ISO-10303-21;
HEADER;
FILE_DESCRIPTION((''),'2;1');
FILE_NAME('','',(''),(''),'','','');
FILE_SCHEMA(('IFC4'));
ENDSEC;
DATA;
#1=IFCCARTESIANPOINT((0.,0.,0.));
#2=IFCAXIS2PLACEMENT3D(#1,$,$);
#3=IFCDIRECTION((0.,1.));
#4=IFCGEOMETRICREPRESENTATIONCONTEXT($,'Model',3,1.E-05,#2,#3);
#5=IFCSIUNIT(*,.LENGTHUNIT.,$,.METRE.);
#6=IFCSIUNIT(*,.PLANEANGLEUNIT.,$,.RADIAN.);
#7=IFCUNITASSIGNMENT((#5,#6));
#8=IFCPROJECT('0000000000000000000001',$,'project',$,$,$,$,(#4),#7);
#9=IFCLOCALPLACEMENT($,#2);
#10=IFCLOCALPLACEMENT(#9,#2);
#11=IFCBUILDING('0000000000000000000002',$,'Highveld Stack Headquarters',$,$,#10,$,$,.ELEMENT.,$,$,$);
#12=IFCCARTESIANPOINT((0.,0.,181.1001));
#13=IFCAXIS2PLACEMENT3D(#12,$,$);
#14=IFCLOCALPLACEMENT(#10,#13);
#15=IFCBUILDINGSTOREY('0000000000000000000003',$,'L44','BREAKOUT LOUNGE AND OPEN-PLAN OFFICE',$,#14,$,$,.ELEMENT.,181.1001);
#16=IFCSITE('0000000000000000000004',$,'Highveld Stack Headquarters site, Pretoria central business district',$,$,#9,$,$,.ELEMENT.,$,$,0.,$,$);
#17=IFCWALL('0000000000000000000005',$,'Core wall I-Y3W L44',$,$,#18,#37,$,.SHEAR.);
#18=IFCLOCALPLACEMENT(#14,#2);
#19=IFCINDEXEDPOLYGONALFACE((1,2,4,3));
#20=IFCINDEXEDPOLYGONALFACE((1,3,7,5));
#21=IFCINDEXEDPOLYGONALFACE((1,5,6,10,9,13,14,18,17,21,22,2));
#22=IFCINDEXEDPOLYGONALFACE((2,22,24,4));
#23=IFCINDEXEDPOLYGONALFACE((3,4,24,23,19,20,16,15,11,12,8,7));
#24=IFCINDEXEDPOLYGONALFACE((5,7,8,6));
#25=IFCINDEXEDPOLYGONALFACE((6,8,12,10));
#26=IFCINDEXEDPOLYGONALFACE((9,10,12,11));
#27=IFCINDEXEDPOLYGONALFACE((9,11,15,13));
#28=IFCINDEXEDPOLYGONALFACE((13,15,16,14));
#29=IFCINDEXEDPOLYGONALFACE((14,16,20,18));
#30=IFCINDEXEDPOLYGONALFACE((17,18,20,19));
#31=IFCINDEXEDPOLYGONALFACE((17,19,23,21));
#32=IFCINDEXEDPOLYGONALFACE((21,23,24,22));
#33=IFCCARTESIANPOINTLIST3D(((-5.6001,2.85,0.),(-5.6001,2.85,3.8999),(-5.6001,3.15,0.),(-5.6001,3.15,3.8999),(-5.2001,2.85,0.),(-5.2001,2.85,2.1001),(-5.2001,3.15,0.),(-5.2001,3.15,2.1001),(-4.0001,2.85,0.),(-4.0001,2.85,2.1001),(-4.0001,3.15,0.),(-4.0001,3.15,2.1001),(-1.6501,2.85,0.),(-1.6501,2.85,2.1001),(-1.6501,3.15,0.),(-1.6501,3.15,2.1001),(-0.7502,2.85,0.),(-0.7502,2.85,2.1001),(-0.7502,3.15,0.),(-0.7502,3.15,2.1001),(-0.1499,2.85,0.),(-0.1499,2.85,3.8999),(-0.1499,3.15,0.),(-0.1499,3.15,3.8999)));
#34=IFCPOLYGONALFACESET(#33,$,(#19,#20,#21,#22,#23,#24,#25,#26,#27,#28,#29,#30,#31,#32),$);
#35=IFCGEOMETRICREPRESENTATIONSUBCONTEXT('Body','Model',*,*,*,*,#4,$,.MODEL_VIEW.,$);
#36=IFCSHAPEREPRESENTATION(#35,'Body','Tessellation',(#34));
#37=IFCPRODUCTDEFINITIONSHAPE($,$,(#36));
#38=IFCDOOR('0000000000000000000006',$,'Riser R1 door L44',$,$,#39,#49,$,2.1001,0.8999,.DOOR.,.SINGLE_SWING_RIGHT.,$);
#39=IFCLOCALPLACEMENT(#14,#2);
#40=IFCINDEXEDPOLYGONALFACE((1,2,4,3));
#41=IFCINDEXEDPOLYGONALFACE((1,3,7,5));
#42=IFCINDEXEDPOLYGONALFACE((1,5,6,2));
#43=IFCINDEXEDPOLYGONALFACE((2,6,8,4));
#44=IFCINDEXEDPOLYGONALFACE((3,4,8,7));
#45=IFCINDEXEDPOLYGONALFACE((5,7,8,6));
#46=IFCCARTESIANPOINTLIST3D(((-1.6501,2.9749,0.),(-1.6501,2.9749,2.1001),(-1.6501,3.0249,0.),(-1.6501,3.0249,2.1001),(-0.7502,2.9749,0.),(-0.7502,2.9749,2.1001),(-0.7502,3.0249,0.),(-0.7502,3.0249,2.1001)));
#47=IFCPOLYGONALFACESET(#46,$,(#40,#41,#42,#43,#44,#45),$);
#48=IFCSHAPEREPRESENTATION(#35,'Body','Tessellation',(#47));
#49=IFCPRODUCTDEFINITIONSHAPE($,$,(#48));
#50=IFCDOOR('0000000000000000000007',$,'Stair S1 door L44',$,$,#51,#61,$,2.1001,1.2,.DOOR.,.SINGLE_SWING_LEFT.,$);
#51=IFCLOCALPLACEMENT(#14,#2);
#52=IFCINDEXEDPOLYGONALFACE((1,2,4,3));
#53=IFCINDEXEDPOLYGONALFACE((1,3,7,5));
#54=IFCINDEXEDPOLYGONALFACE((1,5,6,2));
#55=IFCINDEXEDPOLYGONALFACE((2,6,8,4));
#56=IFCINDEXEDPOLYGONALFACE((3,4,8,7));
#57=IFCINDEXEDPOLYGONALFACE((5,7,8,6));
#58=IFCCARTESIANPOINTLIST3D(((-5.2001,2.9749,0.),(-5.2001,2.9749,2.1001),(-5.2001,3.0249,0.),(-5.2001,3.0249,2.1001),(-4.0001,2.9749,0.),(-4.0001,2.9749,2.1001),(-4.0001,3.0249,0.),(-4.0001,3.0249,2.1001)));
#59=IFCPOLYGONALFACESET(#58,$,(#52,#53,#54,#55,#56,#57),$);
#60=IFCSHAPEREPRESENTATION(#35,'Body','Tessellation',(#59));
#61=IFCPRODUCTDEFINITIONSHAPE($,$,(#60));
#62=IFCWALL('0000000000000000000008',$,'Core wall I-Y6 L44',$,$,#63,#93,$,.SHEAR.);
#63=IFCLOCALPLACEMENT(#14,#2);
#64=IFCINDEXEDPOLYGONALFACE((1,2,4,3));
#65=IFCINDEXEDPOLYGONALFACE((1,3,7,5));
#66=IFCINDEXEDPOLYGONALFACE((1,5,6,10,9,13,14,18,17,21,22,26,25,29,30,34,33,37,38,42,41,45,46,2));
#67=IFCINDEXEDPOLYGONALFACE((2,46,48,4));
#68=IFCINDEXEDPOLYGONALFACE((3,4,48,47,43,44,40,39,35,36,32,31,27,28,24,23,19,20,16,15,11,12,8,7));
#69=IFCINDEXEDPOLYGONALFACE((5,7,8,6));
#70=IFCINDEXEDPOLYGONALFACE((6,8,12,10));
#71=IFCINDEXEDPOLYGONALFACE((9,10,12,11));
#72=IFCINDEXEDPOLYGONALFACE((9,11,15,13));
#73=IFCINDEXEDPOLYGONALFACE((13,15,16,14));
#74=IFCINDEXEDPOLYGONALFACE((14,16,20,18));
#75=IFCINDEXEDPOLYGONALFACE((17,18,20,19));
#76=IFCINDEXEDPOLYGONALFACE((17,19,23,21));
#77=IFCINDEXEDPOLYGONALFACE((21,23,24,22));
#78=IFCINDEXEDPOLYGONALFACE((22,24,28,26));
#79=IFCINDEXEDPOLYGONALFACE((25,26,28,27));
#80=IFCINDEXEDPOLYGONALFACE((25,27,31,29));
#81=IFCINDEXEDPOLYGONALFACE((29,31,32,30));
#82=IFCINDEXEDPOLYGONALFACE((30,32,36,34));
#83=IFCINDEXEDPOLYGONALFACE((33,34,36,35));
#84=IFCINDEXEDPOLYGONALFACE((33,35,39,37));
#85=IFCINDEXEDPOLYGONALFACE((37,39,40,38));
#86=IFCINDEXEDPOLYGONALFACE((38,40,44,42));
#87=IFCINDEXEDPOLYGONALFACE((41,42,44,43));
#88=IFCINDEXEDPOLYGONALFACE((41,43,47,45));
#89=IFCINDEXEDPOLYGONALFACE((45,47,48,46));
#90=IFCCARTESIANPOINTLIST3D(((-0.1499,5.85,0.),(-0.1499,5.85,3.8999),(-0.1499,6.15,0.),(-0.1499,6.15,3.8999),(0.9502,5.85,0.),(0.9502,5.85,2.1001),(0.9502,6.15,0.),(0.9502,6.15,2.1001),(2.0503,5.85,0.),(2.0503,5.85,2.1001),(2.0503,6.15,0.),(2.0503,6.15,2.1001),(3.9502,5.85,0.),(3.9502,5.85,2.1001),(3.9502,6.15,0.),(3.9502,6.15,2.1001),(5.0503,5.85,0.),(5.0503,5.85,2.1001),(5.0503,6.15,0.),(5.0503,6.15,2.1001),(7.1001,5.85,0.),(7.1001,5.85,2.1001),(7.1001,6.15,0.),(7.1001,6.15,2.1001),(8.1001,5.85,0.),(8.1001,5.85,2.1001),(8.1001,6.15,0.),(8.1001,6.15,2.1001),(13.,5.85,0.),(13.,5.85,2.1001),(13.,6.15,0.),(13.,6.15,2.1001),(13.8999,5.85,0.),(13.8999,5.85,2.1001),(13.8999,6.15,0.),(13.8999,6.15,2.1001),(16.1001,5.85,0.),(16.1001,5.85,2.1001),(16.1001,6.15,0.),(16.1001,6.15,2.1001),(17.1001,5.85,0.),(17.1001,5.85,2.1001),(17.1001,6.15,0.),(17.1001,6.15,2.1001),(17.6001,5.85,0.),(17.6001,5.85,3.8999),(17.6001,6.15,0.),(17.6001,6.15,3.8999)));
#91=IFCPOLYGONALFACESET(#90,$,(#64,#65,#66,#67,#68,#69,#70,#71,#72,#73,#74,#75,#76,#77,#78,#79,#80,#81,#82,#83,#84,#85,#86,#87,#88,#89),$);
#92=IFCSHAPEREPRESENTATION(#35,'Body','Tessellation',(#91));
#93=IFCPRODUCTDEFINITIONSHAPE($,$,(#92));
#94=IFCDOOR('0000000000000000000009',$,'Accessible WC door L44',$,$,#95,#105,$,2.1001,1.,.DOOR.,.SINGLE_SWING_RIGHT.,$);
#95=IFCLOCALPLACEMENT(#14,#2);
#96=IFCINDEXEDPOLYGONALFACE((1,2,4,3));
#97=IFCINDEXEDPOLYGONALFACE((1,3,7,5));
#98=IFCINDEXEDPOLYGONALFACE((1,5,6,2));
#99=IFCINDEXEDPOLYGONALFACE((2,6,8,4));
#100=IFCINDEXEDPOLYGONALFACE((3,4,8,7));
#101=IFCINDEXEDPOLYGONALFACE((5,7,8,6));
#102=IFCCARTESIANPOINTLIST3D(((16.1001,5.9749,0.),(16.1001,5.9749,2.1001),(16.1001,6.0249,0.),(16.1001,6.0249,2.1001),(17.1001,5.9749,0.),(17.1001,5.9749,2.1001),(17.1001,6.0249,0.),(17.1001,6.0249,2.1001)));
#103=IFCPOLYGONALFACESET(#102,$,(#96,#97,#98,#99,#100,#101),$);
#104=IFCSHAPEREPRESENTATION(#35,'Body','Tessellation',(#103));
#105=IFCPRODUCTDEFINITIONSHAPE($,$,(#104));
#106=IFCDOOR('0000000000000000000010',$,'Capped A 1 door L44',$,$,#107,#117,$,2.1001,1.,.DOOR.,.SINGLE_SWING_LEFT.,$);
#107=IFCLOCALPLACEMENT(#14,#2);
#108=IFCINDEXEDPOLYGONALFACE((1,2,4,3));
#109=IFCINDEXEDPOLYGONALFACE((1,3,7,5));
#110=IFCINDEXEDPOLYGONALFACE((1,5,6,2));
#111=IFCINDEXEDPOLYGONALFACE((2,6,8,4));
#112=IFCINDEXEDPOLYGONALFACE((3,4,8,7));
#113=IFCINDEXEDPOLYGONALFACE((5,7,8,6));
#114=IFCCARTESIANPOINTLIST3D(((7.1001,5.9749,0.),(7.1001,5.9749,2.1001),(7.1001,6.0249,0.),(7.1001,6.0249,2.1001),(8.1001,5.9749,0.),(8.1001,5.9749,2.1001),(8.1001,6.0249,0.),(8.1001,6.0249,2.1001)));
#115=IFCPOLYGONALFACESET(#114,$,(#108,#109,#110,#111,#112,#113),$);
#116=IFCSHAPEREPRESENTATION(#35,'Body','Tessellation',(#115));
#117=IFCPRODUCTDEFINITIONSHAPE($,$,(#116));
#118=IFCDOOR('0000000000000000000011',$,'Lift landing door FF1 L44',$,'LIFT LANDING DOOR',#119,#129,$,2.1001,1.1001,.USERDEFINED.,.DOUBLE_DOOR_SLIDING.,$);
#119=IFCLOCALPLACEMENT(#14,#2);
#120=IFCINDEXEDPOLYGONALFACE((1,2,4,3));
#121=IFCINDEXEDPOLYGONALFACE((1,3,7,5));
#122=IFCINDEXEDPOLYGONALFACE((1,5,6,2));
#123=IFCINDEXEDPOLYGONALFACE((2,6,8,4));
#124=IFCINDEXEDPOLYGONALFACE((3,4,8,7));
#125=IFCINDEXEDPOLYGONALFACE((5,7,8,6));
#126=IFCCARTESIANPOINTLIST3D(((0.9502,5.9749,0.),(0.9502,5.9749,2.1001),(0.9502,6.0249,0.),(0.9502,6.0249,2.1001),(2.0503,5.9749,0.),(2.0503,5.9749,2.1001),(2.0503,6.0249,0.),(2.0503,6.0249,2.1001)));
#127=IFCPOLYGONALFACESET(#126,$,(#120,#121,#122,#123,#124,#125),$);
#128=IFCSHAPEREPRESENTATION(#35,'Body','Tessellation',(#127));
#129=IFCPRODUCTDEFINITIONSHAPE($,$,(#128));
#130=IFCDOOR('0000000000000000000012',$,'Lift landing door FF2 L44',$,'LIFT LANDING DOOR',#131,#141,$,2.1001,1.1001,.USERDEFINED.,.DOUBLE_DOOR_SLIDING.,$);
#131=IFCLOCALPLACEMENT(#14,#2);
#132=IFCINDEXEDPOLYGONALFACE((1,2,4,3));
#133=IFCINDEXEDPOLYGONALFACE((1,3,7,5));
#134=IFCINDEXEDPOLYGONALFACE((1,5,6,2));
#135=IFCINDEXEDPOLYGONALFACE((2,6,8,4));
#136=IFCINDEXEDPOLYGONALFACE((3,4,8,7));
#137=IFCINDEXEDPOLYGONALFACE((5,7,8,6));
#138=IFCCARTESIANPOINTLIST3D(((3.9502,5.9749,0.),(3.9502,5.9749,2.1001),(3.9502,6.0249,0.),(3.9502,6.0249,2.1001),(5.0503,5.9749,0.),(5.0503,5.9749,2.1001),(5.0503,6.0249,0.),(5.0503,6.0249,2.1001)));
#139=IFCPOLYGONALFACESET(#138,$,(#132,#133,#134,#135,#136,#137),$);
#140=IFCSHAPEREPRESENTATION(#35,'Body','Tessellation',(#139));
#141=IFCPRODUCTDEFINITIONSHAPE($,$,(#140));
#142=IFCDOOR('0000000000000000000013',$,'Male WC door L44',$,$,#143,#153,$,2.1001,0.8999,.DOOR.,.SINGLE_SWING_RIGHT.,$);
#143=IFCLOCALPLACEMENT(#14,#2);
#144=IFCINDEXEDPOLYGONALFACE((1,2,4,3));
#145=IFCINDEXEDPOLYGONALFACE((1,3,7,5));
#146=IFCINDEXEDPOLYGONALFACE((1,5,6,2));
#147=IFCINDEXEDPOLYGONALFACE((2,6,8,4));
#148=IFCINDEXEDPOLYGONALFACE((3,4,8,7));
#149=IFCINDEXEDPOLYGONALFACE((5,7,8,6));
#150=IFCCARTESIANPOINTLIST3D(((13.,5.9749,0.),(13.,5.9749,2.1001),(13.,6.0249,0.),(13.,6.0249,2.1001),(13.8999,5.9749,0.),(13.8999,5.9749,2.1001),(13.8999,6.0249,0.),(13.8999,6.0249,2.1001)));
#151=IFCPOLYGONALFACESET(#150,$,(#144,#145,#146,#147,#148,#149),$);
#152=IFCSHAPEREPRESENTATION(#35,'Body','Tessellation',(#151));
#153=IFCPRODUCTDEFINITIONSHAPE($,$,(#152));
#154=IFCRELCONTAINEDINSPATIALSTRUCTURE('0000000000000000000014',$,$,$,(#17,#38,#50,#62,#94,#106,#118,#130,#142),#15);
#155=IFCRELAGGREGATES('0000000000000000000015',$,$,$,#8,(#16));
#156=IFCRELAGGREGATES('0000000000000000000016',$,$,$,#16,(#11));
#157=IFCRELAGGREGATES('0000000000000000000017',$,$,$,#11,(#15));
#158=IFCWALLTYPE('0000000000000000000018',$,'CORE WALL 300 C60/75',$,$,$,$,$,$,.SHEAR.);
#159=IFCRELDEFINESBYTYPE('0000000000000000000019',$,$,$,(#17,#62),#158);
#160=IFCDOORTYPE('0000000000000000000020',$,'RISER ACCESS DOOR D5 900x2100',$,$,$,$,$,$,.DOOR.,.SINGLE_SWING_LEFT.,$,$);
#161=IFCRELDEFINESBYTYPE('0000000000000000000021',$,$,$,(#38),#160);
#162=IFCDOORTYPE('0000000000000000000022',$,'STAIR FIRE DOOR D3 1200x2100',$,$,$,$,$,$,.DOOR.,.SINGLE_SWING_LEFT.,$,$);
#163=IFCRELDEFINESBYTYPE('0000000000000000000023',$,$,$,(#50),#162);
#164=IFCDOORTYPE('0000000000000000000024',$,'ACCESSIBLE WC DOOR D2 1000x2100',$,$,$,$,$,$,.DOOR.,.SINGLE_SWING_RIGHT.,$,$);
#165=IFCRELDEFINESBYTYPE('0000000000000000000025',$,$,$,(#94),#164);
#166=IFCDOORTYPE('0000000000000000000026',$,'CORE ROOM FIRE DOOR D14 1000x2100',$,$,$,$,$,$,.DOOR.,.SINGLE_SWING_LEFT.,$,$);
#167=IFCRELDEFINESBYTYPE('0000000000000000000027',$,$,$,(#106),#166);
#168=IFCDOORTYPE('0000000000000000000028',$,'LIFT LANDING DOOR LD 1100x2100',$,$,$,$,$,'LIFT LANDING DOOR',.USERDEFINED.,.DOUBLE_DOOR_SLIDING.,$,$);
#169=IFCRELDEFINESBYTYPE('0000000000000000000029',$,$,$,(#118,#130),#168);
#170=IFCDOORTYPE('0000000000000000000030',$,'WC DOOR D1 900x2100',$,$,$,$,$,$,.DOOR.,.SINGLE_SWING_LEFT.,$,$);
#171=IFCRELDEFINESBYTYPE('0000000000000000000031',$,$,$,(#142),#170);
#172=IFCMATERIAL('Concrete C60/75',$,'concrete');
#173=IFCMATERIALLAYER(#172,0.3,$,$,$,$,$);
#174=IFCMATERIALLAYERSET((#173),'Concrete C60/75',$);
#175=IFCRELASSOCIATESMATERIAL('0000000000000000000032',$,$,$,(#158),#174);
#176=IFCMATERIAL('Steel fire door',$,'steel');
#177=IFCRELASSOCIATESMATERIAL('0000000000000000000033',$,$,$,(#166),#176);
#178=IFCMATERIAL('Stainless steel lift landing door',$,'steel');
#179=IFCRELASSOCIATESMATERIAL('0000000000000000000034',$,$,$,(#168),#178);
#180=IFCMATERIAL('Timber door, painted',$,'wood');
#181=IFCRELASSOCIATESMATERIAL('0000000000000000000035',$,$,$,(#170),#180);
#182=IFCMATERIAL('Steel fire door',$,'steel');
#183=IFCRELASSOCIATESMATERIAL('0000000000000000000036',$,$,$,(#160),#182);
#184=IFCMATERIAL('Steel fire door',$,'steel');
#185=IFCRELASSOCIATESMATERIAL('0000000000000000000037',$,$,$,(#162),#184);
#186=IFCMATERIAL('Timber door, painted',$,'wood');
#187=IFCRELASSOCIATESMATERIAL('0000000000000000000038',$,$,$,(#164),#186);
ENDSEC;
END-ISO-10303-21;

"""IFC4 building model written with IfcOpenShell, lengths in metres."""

from ifc_helpers import new_model, si_unit, direction, frame, frame_2d, origin, place, context, subcontext, project, spatial, rectangle, extrude, material, layer, layer_set, type_object, element, fill, save


model = new_model("IFC4")

# Units and contexts
model_context = context("Model", 3, precision=1e-05, world=origin(), true_north=direction((0.0, 1.0)))
body_context = subcontext(model_context, "Body", "Model", "MODEL_VIEW")
ifc_project = project(units=[si_unit("LENGTHUNIT", "METRE"), si_unit("PLANEANGLEUNIT", "RADIAN")], contexts=[model_context])

# Site, building, storey
site_placement = place(None, origin())
site = spatial("IfcSite", under=ifc_project, at=site_placement, Name="Highveld Stack Headquarters site, Pretoria central business district", CompositionType="ELEMENT", RefElevation=0.0)
building_placement = place(site_placement, origin())
building = spatial("IfcBuilding", under=site, at=building_placement, Name="Highveld Stack Headquarters", CompositionType="ELEMENT")
storey_placement = place(building_placement, frame((0.0, 0.0, 181.1001)))
storey = spatial("IfcBuildingStorey", under=building, at=storey_placement, Name="L44", Description="BREAKOUT LOUNGE AND OPEN-PLAN OFFICE", CompositionType="ELEMENT", Elevation=181.1001)

# Walls, openings, doors
ifc_material_1 = material(Name="Concrete C60/75", Category="concrete")
ifc_layer_1 = layer(ifc_material_1, 0.3)
ifc_layer_set_1 = layer_set([ifc_layer_1], Name="Concrete C60/75")
wall_type = type_object("IfcWallType", Name="CORE WALL 300 C60/75", PredefinedType="SHEAR", material=ifc_layer_set_1)
ifc_material_2 = material(Name="Steel fire door", Category="steel")
door_type_1 = type_object("IfcDoorType", Name="CORE ROOM FIRE DOOR D14 1000x2100", OperationType="SINGLE_SWING_LEFT", PredefinedType="DOOR", material=ifc_material_2)
ifc_material_3 = material(Name="Stainless steel lift landing door", Category="steel")
door_type_2 = type_object("IfcDoorType", Name="LIFT LANDING DOOR LD 1100x2100", ElementType="LIFT LANDING DOOR", OperationType="DOUBLE_DOOR_SLIDING", PredefinedType="USERDEFINED", material=ifc_material_3)
ifc_material_4 = material(Name="Timber door, painted", Category="wood")
door_type_3 = type_object("IfcDoorType", Name="WC DOOR D1 900x2100", OperationType="SINGLE_SWING_LEFT", PredefinedType="DOOR", material=ifc_material_4)
wall_1_placement = place(storey_placement, frame((-5.6001, 3.0, 0.0), z_axis=(0.0, 0.0, 1.0), x_axis=(1.0, 0.0, 0.0)))
wall_1 = element("IfcWall", 1, at=wall_1_placement, inside=storey, type_object=wall_type, Name="Core wall I-Y3W L44", PredefinedType="SHEAR", context=body_context, shape_type="SweptSolid", body=[
    extrude(rectangle(XDim=5.4502, YDim=0.3, at=frame_2d((2.7251, 0.0))), origin(), (0.0, 0.0, 1.0), 3.8999),
])
opening_1_placement = place(wall_1_placement, frame((0.3999, 0.0, 0.0)))
opening_1 = element("IfcOpeningElement", 2, at=opening_1_placement, cuts=wall_1, PredefinedType="OPENING", context=body_context, shape_type="SweptSolid", body=[
    extrude(rectangle(XDim=1.2, YDim=2.1001, at=frame_2d((0.6001, 1.05))), frame((0.0, 0.1599, 0.0), z_axis=(0.0, -1.0, 0.0), x_axis=(1.0, 0.0, 0.0)), (0.0, 0.0, 1.0), 0.3201),
])
opening_2_placement = place(wall_1_placement, frame((3.95, 0.0, 0.0)))
opening_2 = element("IfcOpeningElement", 3, at=opening_2_placement, cuts=wall_1, PredefinedType="OPENING", context=body_context, shape_type="SweptSolid", body=[
    extrude(rectangle(XDim=0.8999, YDim=2.1001, at=frame_2d((0.45, 1.05))), frame((0.0, 0.1599, 0.0), z_axis=(0.0, -1.0, 0.0), x_axis=(1.0, 0.0, 0.0)), (0.0, 0.0, 1.0), 0.3201),
])
ifc_material_5 = material(Name="Steel fire door", Category="steel")
door_type_4 = type_object("IfcDoorType", Name="RISER ACCESS DOOR D5 900x2100", OperationType="SINGLE_SWING_LEFT", PredefinedType="DOOR", material=ifc_material_5)
door_1_placement = place(opening_2_placement, origin())
door_1 = element("IfcDoor", 4, at=door_1_placement, inside=storey, type_object=door_type_4, Name="Riser R1 door L44", OperationType="SINGLE_SWING_RIGHT", OverallHeight=2.1001, OverallWidth=0.8999, PredefinedType="DOOR", context=body_context, shape_type="SweptSolid", body=[
    extrude(rectangle(XDim=0.8999, YDim=2.1001, at=frame_2d((0.45, 1.05))), frame((0.0, 0.0249, 0.0), z_axis=(0.0, -1.0, 0.0), x_axis=(1.0, 0.0, 0.0)), (0.0, 0.0, 1.0), 0.05),
])
fill(opening_2, door_1)
ifc_material_6 = material(Name="Steel fire door", Category="steel")
door_type_5 = type_object("IfcDoorType", Name="STAIR FIRE DOOR D3 1200x2100", OperationType="SINGLE_SWING_LEFT", PredefinedType="DOOR", material=ifc_material_6)
door_2_placement = place(opening_1_placement, origin())
door_2 = element("IfcDoor", 5, at=door_2_placement, inside=storey, type_object=door_type_5, Name="Stair S1 door L44", OperationType="SINGLE_SWING_LEFT", OverallHeight=2.1001, OverallWidth=1.2, PredefinedType="DOOR", context=body_context, shape_type="SweptSolid", body=[
    extrude(rectangle(XDim=1.2, YDim=2.1001, at=frame_2d((0.6001, 1.05))), frame((0.0, 0.0249, 0.0), z_axis=(0.0, -1.0, 0.0), x_axis=(1.0, 0.0, 0.0)), (0.0, 0.0, 1.0), 0.05),
])
fill(opening_1, door_2)
wall_2_placement = place(storey_placement, frame((-0.1499, 6.0, 0.0), z_axis=(0.0, 0.0, 1.0), x_axis=(1.0, 0.0, 0.0)))
wall_2 = element("IfcWall", 6, at=wall_2_placement, inside=storey, type_object=wall_type, Name="Core wall I-Y6 L44", PredefinedType="SHEAR", context=body_context, shape_type="SweptSolid", body=[
    extrude(rectangle(XDim=17.75, YDim=0.3, at=frame_2d((8.875, 0.0))), origin(), (0.0, 0.0, 1.0), 3.8999),
])
opening_3_placement = place(wall_2_placement, frame((13.1499, 0.0, 0.0)))
opening_3 = element("IfcOpeningElement", 7, at=opening_3_placement, cuts=wall_2, PredefinedType="OPENING", context=body_context, shape_type="SweptSolid", body=[
    extrude(rectangle(XDim=0.8999, YDim=2.1001, at=frame_2d((0.45, 1.05))), frame((0.0, 0.1599, 0.0), z_axis=(0.0, -1.0, 0.0), x_axis=(1.0, 0.0, 0.0)), (0.0, 0.0, 1.0), 0.3201),
])
opening_4_placement = place(wall_2_placement, frame((16.25, 0.0, 0.0)))
opening_4 = element("IfcOpeningElement", 8, at=opening_4_placement, cuts=wall_2, PredefinedType="OPENING", context=body_context, shape_type="SweptSolid", body=[
    extrude(rectangle(XDim=1.0, YDim=2.1001, at=frame_2d((0.5, 1.05))), frame((0.0, 0.1599, 0.0), z_axis=(0.0, -1.0, 0.0), x_axis=(1.0, 0.0, 0.0)), (0.0, 0.0, 1.0), 0.3201),
])
opening_5_placement = place(wall_2_placement, frame((7.25, 0.0, 0.0)))
opening_5 = element("IfcOpeningElement", 9, at=opening_5_placement, cuts=wall_2, PredefinedType="OPENING", context=body_context, shape_type="SweptSolid", body=[
    extrude(rectangle(XDim=1.0, YDim=2.1001, at=frame_2d((0.5, 1.05))), frame((0.0, 0.1599, 0.0), z_axis=(0.0, -1.0, 0.0), x_axis=(1.0, 0.0, 0.0)), (0.0, 0.0, 1.0), 0.3201),
])
opening_6_placement = place(wall_2_placement, frame((1.1001, 0.0, 0.0)))
opening_6 = element("IfcOpeningElement", 10, at=opening_6_placement, cuts=wall_2, PredefinedType="OPENING", context=body_context, shape_type="SweptSolid", body=[
    extrude(rectangle(XDim=1.1001, YDim=2.1001, at=frame_2d((0.55, 1.05))), frame((0.0, 0.1599, 0.0), z_axis=(0.0, -1.0, 0.0), x_axis=(1.0, 0.0, 0.0)), (0.0, 0.0, 1.0), 0.3201),
])
opening_7_placement = place(wall_2_placement, frame((4.1001, 0.0, 0.0)))
opening_7 = element("IfcOpeningElement", 11, at=opening_7_placement, cuts=wall_2, PredefinedType="OPENING", context=body_context, shape_type="SweptSolid", body=[
    extrude(rectangle(XDim=1.1001, YDim=2.1001, at=frame_2d((0.55, 1.05))), frame((0.0, 0.1599, 0.0), z_axis=(0.0, -1.0, 0.0), x_axis=(1.0, 0.0, 0.0)), (0.0, 0.0, 1.0), 0.3201),
])
ifc_material_7 = material(Name="Timber door, painted", Category="wood")
door_type_6 = type_object("IfcDoorType", Name="ACCESSIBLE WC DOOR D2 1000x2100", OperationType="SINGLE_SWING_RIGHT", PredefinedType="DOOR", material=ifc_material_7)
door_3_placement = place(opening_4_placement, origin())
door_3 = element("IfcDoor", 12, at=door_3_placement, inside=storey, type_object=door_type_6, Name="Accessible WC door L44", OperationType="SINGLE_SWING_RIGHT", OverallHeight=2.1001, OverallWidth=1.0, PredefinedType="DOOR", context=body_context, shape_type="SweptSolid", body=[
    extrude(rectangle(XDim=1.0, YDim=2.1001, at=frame_2d((0.5, 1.05))), frame((0.0, 0.0249, 0.0), z_axis=(0.0, -1.0, 0.0), x_axis=(1.0, 0.0, 0.0)), (0.0, 0.0, 1.0), 0.05),
])
fill(opening_4, door_3)
door_4_placement = place(opening_5_placement, origin())
door_4 = element("IfcDoor", 13, at=door_4_placement, inside=storey, type_object=door_type_1, Name="Capped A 1 door L44", OperationType="SINGLE_SWING_LEFT", OverallHeight=2.1001, OverallWidth=1.0, PredefinedType="DOOR", context=body_context, shape_type="SweptSolid", body=[
    extrude(rectangle(XDim=1.0, YDim=2.1001, at=frame_2d((0.5, 1.05))), frame((0.0, 0.0249, 0.0), z_axis=(0.0, -1.0, 0.0), x_axis=(1.0, 0.0, 0.0)), (0.0, 0.0, 1.0), 0.05),
])
fill(opening_5, door_4)
door_5_placement = place(opening_6_placement, origin())
door_5 = element("IfcDoor", 14, at=door_5_placement, inside=storey, type_object=door_type_2, Name="Lift landing door FF1 L44", ObjectType="LIFT LANDING DOOR", OperationType="DOUBLE_DOOR_SLIDING", OverallHeight=2.1001, OverallWidth=1.1001, PredefinedType="USERDEFINED", context=body_context, shape_type="SweptSolid", body=[
    extrude(rectangle(XDim=1.1001, YDim=2.1001, at=frame_2d((0.55, 1.05))), frame((0.0, 0.0249, 0.0), z_axis=(0.0, -1.0, 0.0), x_axis=(1.0, 0.0, 0.0)), (0.0, 0.0, 1.0), 0.05),
])
fill(opening_6, door_5)
door_6_placement = place(opening_7_placement, origin())
door_6 = element("IfcDoor", 15, at=door_6_placement, inside=storey, type_object=door_type_2, Name="Lift landing door FF2 L44", ObjectType="LIFT LANDING DOOR", OperationType="DOUBLE_DOOR_SLIDING", OverallHeight=2.1001, OverallWidth=1.1001, PredefinedType="USERDEFINED", context=body_context, shape_type="SweptSolid", body=[
    extrude(rectangle(XDim=1.1001, YDim=2.1001, at=frame_2d((0.55, 1.05))), frame((0.0, 0.0249, 0.0), z_axis=(0.0, -1.0, 0.0), x_axis=(1.0, 0.0, 0.0)), (0.0, 0.0, 1.0), 0.05),
])
fill(opening_7, door_6)
door_7_placement = place(opening_3_placement, origin())
door_7 = element("IfcDoor", 16, at=door_7_placement, inside=storey, type_object=door_type_3, Name="Male WC door L44", OperationType="SINGLE_SWING_RIGHT", OverallHeight=2.1001, OverallWidth=0.8999, PredefinedType="DOOR", context=body_context, shape_type="SweptSolid", body=[
    extrude(rectangle(XDim=0.8999, YDim=2.1001, at=frame_2d((0.45, 1.05))), frame((0.0, 0.0249, 0.0), z_axis=(0.0, -1.0, 0.0), x_axis=(1.0, 0.0, 0.0)), (0.0, 0.0, 1.0), 0.05),
])
fill(opening_3, door_7)

save(model, "model.ifc")
